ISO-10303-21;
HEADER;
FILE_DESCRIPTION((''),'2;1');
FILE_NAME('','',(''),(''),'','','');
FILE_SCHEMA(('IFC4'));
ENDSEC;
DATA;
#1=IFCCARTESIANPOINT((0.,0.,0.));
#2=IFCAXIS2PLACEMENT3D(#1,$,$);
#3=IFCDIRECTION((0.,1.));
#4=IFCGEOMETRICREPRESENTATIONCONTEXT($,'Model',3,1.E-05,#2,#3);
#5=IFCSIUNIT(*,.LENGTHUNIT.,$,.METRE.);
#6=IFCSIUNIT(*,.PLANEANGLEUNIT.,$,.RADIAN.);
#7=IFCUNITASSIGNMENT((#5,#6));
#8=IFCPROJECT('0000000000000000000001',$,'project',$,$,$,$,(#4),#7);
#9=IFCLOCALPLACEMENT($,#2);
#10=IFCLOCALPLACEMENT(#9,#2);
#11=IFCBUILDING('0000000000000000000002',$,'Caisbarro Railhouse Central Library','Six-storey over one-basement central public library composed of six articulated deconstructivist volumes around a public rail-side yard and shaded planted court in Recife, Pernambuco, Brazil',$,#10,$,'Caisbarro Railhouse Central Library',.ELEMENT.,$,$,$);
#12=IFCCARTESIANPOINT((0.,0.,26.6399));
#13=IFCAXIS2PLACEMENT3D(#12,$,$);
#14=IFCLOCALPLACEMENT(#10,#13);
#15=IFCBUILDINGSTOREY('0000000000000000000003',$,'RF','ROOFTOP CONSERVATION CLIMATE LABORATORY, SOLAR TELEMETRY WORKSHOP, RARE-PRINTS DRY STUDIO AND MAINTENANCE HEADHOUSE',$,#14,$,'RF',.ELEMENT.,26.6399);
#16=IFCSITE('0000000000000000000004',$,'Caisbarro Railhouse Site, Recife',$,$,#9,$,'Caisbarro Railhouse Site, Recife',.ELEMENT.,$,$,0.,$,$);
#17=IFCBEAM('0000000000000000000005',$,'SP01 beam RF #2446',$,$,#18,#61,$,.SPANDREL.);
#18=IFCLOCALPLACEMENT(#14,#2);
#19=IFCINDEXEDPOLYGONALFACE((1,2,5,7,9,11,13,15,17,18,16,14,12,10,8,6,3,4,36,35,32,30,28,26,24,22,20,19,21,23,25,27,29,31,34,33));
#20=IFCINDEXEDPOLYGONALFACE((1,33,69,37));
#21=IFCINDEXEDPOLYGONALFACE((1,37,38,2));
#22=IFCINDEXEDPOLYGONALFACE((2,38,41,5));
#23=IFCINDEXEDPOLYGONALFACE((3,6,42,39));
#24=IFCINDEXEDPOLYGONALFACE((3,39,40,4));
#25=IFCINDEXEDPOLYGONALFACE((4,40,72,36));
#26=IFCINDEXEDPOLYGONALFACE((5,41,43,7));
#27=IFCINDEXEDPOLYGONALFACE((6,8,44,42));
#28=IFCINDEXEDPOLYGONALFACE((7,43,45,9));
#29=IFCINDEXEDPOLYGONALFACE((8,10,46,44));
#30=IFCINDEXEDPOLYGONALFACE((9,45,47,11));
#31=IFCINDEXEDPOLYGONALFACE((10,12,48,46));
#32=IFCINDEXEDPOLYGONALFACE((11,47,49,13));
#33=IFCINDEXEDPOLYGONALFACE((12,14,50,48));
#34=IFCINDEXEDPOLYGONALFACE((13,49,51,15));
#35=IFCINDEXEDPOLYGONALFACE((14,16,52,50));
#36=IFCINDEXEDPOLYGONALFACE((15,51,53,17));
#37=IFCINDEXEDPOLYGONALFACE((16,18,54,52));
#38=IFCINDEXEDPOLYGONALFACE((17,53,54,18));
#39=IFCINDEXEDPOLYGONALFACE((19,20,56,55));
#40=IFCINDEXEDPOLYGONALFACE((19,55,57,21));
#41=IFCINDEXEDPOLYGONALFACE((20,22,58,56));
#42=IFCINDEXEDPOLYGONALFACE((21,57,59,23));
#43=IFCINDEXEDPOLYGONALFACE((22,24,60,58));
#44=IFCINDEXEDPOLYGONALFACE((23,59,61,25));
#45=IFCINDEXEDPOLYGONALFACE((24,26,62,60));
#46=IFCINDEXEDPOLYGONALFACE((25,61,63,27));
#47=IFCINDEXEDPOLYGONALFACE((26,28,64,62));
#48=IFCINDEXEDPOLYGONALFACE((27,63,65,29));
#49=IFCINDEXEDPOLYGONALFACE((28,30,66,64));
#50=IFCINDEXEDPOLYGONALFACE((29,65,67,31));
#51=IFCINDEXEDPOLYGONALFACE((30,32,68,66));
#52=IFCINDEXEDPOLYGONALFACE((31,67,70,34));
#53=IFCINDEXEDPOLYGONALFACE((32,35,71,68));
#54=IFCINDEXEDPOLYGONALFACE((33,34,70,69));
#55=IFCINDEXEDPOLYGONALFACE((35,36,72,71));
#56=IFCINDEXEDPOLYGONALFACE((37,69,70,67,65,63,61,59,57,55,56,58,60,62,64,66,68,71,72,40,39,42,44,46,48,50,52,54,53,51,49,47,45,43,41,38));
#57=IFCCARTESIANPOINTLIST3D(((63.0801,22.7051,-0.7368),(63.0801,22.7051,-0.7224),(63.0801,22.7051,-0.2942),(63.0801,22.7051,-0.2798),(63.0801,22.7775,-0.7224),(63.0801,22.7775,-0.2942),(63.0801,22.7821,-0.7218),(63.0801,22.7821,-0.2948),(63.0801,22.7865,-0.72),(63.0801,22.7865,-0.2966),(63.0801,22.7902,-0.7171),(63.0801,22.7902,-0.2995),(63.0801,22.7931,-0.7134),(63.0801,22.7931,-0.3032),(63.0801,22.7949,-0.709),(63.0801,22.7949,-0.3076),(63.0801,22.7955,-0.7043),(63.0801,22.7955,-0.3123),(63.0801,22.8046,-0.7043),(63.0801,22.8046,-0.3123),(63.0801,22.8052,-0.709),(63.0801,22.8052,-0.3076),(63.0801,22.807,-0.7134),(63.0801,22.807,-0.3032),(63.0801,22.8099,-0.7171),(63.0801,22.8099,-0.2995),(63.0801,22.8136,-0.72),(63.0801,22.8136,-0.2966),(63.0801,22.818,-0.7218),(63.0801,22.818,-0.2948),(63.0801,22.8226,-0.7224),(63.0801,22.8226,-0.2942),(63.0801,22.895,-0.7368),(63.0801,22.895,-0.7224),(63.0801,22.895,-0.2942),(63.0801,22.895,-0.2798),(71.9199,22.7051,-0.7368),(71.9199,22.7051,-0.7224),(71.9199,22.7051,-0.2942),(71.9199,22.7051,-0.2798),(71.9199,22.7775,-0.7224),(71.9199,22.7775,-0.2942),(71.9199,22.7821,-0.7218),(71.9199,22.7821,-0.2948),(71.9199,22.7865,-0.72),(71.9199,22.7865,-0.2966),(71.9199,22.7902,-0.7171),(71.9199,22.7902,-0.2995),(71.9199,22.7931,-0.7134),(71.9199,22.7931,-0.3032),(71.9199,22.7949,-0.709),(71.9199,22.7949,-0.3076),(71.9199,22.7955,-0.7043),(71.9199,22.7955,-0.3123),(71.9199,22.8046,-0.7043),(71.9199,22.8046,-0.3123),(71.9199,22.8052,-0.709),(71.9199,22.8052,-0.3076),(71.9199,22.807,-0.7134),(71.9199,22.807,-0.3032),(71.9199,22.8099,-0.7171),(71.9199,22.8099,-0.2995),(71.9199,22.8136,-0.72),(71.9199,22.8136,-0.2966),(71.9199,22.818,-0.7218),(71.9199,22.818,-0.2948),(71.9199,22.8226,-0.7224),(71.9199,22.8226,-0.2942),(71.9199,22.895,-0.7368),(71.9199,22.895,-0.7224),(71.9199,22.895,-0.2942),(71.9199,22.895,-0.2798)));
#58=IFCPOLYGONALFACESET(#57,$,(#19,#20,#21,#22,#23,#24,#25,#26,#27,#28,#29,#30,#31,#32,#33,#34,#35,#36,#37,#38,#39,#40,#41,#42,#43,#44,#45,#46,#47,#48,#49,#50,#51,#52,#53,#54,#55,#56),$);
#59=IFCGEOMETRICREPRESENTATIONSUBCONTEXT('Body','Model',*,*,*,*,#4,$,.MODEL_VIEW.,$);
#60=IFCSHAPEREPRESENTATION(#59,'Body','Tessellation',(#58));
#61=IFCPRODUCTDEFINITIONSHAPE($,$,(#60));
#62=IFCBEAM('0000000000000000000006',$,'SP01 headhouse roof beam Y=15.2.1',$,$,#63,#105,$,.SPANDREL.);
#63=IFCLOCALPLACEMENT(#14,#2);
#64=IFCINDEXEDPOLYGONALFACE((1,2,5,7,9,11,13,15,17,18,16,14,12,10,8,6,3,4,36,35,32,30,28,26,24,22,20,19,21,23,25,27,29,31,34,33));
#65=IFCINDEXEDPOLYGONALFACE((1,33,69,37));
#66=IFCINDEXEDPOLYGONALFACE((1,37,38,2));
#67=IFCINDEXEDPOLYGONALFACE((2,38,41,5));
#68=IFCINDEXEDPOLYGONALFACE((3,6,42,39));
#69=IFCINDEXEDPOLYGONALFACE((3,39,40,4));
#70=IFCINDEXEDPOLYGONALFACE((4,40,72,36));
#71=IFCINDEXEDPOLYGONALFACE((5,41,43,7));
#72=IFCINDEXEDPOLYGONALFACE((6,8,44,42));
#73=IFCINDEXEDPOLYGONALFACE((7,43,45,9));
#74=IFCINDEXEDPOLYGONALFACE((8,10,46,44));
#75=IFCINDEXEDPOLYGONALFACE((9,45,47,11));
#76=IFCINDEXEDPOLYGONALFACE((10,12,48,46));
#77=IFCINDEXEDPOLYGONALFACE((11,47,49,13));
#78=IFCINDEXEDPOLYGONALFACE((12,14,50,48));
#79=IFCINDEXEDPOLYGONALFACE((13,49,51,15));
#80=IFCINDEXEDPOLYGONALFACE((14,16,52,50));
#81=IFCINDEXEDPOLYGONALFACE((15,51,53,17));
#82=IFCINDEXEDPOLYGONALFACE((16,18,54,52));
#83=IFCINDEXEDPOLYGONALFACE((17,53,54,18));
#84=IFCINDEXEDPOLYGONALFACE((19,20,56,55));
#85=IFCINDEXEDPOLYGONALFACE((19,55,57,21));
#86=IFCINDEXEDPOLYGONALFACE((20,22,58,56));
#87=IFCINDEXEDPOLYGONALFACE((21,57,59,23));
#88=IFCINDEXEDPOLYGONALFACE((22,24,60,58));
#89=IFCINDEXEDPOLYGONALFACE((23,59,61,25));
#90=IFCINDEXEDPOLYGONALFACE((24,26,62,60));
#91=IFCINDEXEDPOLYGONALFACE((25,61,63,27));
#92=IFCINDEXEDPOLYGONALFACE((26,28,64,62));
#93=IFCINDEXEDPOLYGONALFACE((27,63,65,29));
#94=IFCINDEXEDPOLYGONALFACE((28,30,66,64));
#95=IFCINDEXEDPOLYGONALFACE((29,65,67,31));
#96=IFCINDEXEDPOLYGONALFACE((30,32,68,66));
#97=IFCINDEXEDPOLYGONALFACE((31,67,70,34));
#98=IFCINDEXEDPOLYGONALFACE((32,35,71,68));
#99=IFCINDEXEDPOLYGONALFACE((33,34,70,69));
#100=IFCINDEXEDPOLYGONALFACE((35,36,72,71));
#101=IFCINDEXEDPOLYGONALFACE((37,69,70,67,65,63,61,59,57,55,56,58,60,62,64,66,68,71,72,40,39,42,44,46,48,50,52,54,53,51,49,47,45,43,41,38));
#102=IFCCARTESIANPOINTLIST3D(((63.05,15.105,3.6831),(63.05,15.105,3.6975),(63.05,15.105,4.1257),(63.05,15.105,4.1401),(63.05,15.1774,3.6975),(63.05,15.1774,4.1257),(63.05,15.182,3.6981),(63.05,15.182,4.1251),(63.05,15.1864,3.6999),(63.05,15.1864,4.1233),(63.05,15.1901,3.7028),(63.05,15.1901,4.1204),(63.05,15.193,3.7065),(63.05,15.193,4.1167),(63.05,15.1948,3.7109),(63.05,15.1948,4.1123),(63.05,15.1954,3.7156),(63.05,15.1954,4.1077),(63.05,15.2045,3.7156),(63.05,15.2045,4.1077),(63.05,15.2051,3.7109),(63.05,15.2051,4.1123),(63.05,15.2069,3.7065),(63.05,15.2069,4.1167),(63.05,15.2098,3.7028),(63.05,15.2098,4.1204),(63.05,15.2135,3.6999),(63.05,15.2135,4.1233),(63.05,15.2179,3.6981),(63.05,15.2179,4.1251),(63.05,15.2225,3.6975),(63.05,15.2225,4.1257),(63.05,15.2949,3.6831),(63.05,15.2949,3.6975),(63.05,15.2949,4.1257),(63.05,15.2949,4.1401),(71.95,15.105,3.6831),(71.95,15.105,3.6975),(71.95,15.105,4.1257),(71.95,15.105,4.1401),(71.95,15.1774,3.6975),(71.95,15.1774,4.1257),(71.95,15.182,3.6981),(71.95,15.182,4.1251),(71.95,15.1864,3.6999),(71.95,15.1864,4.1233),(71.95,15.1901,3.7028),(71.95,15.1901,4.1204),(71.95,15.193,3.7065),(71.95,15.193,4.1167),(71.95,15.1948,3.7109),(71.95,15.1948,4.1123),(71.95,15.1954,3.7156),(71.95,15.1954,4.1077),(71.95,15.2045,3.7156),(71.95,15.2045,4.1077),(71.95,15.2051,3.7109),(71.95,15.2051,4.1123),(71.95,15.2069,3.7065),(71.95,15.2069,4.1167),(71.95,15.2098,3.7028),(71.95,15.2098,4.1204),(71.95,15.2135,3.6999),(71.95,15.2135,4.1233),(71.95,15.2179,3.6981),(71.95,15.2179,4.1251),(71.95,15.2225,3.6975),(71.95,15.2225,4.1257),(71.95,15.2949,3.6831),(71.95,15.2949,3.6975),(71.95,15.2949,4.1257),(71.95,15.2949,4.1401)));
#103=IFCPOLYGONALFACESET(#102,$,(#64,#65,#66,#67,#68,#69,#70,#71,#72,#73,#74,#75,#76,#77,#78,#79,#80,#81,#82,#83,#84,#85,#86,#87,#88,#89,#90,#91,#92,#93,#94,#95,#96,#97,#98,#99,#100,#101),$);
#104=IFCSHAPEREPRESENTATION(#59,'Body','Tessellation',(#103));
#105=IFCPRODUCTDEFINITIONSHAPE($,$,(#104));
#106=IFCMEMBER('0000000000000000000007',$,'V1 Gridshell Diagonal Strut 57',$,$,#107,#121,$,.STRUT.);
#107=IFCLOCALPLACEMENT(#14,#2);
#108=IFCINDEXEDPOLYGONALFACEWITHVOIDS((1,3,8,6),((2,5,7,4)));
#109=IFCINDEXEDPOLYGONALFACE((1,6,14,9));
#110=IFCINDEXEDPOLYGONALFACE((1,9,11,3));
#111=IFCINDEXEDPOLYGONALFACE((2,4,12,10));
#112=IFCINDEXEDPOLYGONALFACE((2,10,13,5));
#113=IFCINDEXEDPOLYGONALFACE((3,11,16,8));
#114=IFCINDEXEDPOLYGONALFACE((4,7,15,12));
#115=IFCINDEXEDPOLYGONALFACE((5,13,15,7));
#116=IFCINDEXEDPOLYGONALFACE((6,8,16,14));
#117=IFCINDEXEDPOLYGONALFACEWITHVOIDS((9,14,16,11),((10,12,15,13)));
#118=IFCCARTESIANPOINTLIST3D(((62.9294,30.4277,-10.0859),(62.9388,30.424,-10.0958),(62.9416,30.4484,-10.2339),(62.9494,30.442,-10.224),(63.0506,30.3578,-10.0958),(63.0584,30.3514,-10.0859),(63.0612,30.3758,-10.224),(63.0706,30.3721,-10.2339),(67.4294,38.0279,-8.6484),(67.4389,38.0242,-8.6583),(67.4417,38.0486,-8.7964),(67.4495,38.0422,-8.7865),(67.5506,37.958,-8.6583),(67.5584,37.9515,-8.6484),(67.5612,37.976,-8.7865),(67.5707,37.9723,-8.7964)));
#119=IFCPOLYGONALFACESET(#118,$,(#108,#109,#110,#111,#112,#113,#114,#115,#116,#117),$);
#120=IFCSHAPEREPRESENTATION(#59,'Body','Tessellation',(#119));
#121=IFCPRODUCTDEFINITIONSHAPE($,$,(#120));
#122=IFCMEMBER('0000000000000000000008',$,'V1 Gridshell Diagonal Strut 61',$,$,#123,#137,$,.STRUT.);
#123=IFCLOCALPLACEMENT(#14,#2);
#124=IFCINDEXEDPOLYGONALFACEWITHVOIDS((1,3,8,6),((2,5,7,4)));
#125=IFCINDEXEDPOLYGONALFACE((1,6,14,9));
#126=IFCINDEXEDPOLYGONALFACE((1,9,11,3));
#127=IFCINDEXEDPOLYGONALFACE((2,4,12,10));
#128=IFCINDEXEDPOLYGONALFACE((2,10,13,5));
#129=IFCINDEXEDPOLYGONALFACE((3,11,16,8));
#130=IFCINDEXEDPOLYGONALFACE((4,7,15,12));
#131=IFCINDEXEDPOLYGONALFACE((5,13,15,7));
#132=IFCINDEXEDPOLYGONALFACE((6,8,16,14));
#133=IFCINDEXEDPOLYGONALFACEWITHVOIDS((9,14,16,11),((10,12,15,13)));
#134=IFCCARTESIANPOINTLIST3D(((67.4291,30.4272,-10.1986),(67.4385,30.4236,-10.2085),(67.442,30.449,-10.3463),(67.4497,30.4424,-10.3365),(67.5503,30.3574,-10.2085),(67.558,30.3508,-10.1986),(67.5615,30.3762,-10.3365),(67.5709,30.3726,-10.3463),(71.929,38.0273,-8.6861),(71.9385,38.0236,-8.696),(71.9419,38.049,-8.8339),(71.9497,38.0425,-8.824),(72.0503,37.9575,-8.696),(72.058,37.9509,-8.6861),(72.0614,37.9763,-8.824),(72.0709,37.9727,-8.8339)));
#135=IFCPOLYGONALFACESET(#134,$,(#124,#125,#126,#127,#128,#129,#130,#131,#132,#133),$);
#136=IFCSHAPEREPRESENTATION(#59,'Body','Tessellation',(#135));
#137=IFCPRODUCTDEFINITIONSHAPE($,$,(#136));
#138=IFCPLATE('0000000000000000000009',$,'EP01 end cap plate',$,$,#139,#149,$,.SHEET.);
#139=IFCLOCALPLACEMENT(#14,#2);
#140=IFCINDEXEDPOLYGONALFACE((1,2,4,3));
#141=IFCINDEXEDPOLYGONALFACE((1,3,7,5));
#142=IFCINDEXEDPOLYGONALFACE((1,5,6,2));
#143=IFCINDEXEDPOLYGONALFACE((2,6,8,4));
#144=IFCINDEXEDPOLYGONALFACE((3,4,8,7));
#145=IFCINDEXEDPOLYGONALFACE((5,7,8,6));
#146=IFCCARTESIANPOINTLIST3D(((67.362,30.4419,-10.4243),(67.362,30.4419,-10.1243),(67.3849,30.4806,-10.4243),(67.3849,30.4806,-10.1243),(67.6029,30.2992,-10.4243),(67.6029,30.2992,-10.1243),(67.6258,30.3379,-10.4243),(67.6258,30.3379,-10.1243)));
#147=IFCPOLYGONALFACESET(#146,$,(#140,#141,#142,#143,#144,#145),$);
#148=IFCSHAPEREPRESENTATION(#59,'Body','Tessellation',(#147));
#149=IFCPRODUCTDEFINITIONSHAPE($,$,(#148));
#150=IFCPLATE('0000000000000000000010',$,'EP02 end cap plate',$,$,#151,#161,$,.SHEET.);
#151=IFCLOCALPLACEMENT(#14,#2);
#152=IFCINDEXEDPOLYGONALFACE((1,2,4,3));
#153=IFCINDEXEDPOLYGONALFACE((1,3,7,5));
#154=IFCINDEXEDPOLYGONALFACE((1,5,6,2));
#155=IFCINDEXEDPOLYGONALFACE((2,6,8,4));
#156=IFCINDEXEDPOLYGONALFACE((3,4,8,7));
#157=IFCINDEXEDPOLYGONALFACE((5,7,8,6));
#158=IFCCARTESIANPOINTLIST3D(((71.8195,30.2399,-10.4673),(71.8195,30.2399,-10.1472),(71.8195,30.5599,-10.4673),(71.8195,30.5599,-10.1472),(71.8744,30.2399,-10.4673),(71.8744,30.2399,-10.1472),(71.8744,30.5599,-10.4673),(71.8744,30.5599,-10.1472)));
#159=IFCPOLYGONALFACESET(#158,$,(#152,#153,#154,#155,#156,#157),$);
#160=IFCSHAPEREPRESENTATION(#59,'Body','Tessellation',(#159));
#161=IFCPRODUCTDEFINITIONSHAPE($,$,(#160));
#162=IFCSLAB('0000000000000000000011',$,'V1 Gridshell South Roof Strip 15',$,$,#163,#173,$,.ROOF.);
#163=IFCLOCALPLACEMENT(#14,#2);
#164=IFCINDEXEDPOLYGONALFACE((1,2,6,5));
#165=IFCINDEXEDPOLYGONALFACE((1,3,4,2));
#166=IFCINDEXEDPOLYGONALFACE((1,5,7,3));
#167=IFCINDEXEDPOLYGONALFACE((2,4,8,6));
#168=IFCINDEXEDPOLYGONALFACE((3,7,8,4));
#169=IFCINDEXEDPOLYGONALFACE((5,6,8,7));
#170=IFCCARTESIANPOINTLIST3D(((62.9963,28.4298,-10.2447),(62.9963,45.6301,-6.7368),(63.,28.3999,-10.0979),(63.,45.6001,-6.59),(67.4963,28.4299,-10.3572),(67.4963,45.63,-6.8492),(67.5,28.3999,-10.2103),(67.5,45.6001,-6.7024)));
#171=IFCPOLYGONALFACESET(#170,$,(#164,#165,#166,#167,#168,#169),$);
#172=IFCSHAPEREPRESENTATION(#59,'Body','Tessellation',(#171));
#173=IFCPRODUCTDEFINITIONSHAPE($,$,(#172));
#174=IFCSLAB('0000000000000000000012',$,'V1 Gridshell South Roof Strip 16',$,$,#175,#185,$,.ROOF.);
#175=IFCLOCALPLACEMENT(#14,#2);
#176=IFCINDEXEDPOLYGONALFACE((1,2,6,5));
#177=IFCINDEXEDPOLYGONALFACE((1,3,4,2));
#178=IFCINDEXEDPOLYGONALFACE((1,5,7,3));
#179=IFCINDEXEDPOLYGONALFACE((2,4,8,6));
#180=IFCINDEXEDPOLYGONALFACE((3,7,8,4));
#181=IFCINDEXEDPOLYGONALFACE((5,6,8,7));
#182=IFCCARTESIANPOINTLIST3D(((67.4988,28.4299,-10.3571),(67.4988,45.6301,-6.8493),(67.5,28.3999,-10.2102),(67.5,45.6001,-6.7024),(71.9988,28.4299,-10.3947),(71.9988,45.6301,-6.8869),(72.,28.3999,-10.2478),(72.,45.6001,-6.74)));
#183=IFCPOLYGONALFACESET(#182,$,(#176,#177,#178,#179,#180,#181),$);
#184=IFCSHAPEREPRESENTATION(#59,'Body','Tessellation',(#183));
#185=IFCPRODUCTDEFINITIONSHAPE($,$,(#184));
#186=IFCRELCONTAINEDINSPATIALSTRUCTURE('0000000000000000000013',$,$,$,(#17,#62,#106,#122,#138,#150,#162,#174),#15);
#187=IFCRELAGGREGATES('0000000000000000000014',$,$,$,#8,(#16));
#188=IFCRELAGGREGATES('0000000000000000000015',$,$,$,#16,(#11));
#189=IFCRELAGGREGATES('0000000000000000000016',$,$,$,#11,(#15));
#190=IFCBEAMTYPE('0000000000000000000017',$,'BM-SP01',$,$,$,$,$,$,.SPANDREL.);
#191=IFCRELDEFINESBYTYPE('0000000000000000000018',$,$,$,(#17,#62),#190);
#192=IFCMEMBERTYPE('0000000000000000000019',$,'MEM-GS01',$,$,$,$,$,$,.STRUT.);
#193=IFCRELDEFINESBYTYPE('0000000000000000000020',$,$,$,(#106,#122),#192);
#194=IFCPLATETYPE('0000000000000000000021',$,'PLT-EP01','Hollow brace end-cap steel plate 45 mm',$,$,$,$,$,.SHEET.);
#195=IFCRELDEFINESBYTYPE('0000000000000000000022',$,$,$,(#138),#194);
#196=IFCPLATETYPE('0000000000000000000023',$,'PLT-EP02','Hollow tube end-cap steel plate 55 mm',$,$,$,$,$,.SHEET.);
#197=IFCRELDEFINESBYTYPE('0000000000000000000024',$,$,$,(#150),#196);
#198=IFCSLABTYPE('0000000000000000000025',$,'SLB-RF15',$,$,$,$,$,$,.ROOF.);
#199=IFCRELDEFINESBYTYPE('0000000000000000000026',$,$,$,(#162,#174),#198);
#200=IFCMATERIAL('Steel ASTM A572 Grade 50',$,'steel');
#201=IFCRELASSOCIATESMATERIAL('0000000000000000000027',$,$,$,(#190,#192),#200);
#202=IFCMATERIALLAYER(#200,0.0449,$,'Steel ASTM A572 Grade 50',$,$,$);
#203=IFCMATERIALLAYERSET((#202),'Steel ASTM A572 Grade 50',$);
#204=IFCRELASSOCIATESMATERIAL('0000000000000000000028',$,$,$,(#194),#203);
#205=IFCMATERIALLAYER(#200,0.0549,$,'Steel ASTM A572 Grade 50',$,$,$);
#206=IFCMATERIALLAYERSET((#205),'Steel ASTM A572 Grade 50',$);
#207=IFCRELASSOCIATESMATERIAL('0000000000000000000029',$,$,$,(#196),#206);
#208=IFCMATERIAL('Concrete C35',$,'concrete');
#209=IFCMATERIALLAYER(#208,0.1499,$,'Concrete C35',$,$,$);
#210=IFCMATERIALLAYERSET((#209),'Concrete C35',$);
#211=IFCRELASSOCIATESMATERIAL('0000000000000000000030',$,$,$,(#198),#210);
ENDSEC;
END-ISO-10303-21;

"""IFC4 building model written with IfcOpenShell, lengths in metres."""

from ifc_helpers import new_model, si_unit, direction, frame, origin, origin_2d, place, context, subcontext, project, spatial, polyline, rectangle, hollow_rectangle, i_section, outline, extrude, material, layer, layer_set, material_profile, profile_set, type_object, element, save


model = new_model("IFC4")

# Units and contexts
model_context = context("Model", 3, precision=1e-05, world=origin(), true_north=direction((0.0, 1.0)))
body_context = subcontext(model_context, "Body", "Model", "MODEL_VIEW")
ifc_project = project(units=[si_unit("LENGTHUNIT", "METRE"), si_unit("PLANEANGLEUNIT", "RADIAN")], contexts=[model_context])

# Site, building, storey
site_placement = place(None, origin())
site = spatial("IfcSite", under=ifc_project, at=site_placement, Name="Caisbarro Railhouse Site, Recife", LongName="Caisbarro Railhouse Site, Recife", CompositionType="ELEMENT", RefElevation=0.0)
building_placement = place(site_placement, origin())
building = spatial("IfcBuilding", under=site, at=building_placement, Name="Caisbarro Railhouse Central Library", Description="Six-storey over one-basement central public library composed of six articulated deconstructivist volumes around a public rail-side yard and shaded planted court in Recife, Pernambuco, Brazil", LongName="Caisbarro Railhouse Central Library", CompositionType="ELEMENT")
storey_placement = place(building_placement, frame((0.0, 0.0, 26.6399)))
storey = spatial("IfcBuildingStorey", under=building, at=storey_placement, Name="RF", Description="ROOFTOP CONSERVATION CLIMATE LABORATORY, SOLAR TELEMETRY WORKSHOP, RARE-PRINTS DRY STUDIO AND MAINTENANCE HEADHOUSE", LongName="RF", CompositionType="ELEMENT", Elevation=26.6399)

# Shared definitions
ifc_material_1 = material(Name="Steel ASTM A572 Grade 50", Category="steel")

# Beams
ifc_material_profile_1 = material_profile(ifc_material_1, i_section(OverallWidth=0.1899, OverallDepth=0.457, WebThickness=0.009, FlangeThickness=0.0144, FilletRadius=0.0181, at=origin_2d()), Name="W460X74.0")
ifc_profile_set_1 = profile_set([ifc_material_profile_1], Name="Steel ASTM A572 Grade 50")
beam_type_1 = type_object("IfcBeamType", Name="BM-SP01", PredefinedType="SPANDREL", material=ifc_profile_set_1)
beam_1_placement = place(storey_placement, frame((63.0801, 22.8, -0.5083), z_axis=(1.0, 0.0, 0.0), x_axis=(0.0, 1.0, 0.0)))
element("IfcBeam", 1, at=beam_1_placement, inside=storey, type_object=beam_type_1, Name="SP01 beam RF #2446", PredefinedType="SPANDREL", context=body_context, shape_type="SweptSolid", body=[
    extrude(i_section(OverallWidth=0.1899, OverallDepth=0.457, WebThickness=0.009, FlangeThickness=0.0144, FilletRadius=0.0181, at=origin_2d()), origin(), (0.0, 0.0, 1.0), 8.8398),
])
beam_2_placement = place(storey_placement, frame((63.05, 15.2, 3.9116), z_axis=(1.0, 0.0, 0.0), x_axis=(0.0, 1.0, 0.0)))
element("IfcBeam", 2, at=beam_2_placement, inside=storey, type_object=beam_type_1, Name="SP01 headhouse roof beam Y=15.2.1", PredefinedType="SPANDREL", context=body_context, shape_type="SweptSolid", body=[
    extrude(i_section(OverallWidth=0.1899, OverallDepth=0.457, WebThickness=0.009, FlangeThickness=0.0144, FilletRadius=0.0181, at=origin_2d()), origin(), (0.0, 0.0, 1.0), 8.8999),
])

# Members
ifc_material_profile_2 = material_profile(ifc_material_1, hollow_rectangle(XDim=0.1499, YDim=0.1499, WallThickness=0.01, at=origin_2d()), Name="HSS150X150X10")
ifc_profile_set_2 = profile_set([ifc_material_profile_2], Name="Steel ASTM A572 Grade 50")
member_type = type_object("IfcMemberType", Name="MEM-GS01", PredefinedType="STRUT", material=ifc_profile_set_2)
member_1_placement = place(storey_placement, frame((63.0, 30.3999, -10.1599), z_axis=(0.502871, 0.849303, 0.160639), x_axis=(-0.860478, 0.509487, 0.0)))
element("IfcMember", 3, at=member_1_placement, inside=storey, type_object=member_type, Name="V1 Gridshell Diagonal Strut 57", PredefinedType="STRUT", context=body_context, shape_type="SweptSolid", body=[
    extrude(hollow_rectangle(XDim=0.1499, YDim=0.1499, WallThickness=0.01, at=origin_2d()), origin(), (0.0, 0.0, 1.0), 8.9487),
])
member_2_placement = place(storey_placement, frame((67.5, 30.3999, -10.2725), z_axis=(0.502178, 0.848133, 0.168782), x_axis=(-0.860478, 0.509487, 0.0)))
element("IfcMember", 4, at=member_2_placement, inside=storey, type_object=member_type, Name="V1 Gridshell Diagonal Strut 61", PredefinedType="STRUT", context=body_context, shape_type="SweptSolid", body=[
    extrude(hollow_rectangle(XDim=0.1499, YDim=0.1499, WallThickness=0.01, at=origin_2d()), origin(), (0.0, 0.0, 1.0), 8.9609),
])

# Plates
ifc_layer_1 = layer(ifc_material_1, 0.0449, Name="Steel ASTM A572 Grade 50")
ifc_layer_set_1 = layer_set([ifc_layer_1], Name="Steel ASTM A572 Grade 50")
plate_type_1 = type_object("IfcPlateType", Name="PLT-EP01", Description="Hollow brace end-cap steel plate 45 mm", PredefinedType="SHEET", material=ifc_layer_set_1)
plate_1_placement = place(storey_placement, frame((67.4939, 30.3899, -10.4243), z_axis=(0.0, 0.0, 1.0), x_axis=(0.509492, 0.860475, 0.0)))
element("IfcPlate", 5, at=plate_1_placement, inside=storey, type_object=plate_type_1, Name="EP01 end cap plate", PredefinedType="SHEET", context=body_context, shape_type="SweptSolid", body=[
    extrude(rectangle(XDim=0.0449, YDim=0.28, at=origin_2d()), origin(), (0.0, 0.0, 1.0), 0.3),
])
ifc_layer_2 = layer(ifc_material_1, 0.0549, Name="Steel ASTM A572 Grade 50")
ifc_layer_set_2 = layer_set([ifc_layer_2], Name="Steel ASTM A572 Grade 50")
plate_type_2 = type_object("IfcPlateType", Name="PLT-EP02", Description="Hollow tube end-cap steel plate 55 mm", PredefinedType="SHEET", material=ifc_layer_set_2)
plate_2_placement = place(storey_placement, frame((71.8469, 30.3999, -10.4673), z_axis=(0.0, 0.0, 1.0), x_axis=(1.0, 0.0, 0.0)))
element("IfcPlate", 6, at=plate_2_placement, inside=storey, type_object=plate_type_2, Name="EP02 end cap plate", PredefinedType="SHEET", context=body_context, shape_type="SweptSolid", body=[
    extrude(rectangle(XDim=0.0549, YDim=0.3201, at=origin_2d()), origin(), (0.0, 0.0, 1.0), 0.3201),
])

# Slabs
ifc_material_2 = material(Name="Concrete C35", Category="concrete")
ifc_layer_3 = layer(ifc_material_2, 0.1499, Name="Concrete C35")
ifc_layer_set_3 = layer_set([ifc_layer_3], Name="Concrete C35")
slab_type = type_object("IfcSlabType", Name="SLB-RF15", PredefinedType="ROOF", material=ifc_layer_set_3)
slab_1_placement = place(storey_placement, frame((63.0, 28.3999, -10.0979), z_axis=(0.024472, -0.199774, 0.979536), x_axis=(0.999688, 0.000005, -0.024975)))
element("IfcSlab", 7, at=slab_1_placement, inside=storey, type_object=slab_type, Name="V1 Gridshell South Roof Strip 15", PredefinedType="ROOF", context=body_context, shape_type="SweptSolid", body=[
    extrude(outline(polyline([(0.0, 0.0), (4.5014, 0.0), (4.4139, 17.554), (-0.0875, 17.5541), (0.0, 0.0)])), origin(), (0.0, 0.0, -1.0), 0.1499),
])
slab_2_placement = place(storey_placement, frame((67.5, 28.3999, -10.2102), z_axis=(0.008186, -0.19982, 0.979798), x_axis=(0.999965, 0.0, -0.008355)))
element("IfcSlab", 8, at=slab_2_placement, inside=storey, type_object=slab_type, Name="V1 Gridshell South Roof Strip 16", PredefinedType="ROOF", context=body_context, shape_type="SweptSolid", body=[
    extrude(outline(polyline([(0.0, 0.0), (4.5002, 0.0), (4.4709, 17.5542), (-0.0293, 17.5542), (0.0, 0.0)])), origin(), (0.0, 0.0, -1.0), 0.1499),
])

save(model, "model.ifc")
